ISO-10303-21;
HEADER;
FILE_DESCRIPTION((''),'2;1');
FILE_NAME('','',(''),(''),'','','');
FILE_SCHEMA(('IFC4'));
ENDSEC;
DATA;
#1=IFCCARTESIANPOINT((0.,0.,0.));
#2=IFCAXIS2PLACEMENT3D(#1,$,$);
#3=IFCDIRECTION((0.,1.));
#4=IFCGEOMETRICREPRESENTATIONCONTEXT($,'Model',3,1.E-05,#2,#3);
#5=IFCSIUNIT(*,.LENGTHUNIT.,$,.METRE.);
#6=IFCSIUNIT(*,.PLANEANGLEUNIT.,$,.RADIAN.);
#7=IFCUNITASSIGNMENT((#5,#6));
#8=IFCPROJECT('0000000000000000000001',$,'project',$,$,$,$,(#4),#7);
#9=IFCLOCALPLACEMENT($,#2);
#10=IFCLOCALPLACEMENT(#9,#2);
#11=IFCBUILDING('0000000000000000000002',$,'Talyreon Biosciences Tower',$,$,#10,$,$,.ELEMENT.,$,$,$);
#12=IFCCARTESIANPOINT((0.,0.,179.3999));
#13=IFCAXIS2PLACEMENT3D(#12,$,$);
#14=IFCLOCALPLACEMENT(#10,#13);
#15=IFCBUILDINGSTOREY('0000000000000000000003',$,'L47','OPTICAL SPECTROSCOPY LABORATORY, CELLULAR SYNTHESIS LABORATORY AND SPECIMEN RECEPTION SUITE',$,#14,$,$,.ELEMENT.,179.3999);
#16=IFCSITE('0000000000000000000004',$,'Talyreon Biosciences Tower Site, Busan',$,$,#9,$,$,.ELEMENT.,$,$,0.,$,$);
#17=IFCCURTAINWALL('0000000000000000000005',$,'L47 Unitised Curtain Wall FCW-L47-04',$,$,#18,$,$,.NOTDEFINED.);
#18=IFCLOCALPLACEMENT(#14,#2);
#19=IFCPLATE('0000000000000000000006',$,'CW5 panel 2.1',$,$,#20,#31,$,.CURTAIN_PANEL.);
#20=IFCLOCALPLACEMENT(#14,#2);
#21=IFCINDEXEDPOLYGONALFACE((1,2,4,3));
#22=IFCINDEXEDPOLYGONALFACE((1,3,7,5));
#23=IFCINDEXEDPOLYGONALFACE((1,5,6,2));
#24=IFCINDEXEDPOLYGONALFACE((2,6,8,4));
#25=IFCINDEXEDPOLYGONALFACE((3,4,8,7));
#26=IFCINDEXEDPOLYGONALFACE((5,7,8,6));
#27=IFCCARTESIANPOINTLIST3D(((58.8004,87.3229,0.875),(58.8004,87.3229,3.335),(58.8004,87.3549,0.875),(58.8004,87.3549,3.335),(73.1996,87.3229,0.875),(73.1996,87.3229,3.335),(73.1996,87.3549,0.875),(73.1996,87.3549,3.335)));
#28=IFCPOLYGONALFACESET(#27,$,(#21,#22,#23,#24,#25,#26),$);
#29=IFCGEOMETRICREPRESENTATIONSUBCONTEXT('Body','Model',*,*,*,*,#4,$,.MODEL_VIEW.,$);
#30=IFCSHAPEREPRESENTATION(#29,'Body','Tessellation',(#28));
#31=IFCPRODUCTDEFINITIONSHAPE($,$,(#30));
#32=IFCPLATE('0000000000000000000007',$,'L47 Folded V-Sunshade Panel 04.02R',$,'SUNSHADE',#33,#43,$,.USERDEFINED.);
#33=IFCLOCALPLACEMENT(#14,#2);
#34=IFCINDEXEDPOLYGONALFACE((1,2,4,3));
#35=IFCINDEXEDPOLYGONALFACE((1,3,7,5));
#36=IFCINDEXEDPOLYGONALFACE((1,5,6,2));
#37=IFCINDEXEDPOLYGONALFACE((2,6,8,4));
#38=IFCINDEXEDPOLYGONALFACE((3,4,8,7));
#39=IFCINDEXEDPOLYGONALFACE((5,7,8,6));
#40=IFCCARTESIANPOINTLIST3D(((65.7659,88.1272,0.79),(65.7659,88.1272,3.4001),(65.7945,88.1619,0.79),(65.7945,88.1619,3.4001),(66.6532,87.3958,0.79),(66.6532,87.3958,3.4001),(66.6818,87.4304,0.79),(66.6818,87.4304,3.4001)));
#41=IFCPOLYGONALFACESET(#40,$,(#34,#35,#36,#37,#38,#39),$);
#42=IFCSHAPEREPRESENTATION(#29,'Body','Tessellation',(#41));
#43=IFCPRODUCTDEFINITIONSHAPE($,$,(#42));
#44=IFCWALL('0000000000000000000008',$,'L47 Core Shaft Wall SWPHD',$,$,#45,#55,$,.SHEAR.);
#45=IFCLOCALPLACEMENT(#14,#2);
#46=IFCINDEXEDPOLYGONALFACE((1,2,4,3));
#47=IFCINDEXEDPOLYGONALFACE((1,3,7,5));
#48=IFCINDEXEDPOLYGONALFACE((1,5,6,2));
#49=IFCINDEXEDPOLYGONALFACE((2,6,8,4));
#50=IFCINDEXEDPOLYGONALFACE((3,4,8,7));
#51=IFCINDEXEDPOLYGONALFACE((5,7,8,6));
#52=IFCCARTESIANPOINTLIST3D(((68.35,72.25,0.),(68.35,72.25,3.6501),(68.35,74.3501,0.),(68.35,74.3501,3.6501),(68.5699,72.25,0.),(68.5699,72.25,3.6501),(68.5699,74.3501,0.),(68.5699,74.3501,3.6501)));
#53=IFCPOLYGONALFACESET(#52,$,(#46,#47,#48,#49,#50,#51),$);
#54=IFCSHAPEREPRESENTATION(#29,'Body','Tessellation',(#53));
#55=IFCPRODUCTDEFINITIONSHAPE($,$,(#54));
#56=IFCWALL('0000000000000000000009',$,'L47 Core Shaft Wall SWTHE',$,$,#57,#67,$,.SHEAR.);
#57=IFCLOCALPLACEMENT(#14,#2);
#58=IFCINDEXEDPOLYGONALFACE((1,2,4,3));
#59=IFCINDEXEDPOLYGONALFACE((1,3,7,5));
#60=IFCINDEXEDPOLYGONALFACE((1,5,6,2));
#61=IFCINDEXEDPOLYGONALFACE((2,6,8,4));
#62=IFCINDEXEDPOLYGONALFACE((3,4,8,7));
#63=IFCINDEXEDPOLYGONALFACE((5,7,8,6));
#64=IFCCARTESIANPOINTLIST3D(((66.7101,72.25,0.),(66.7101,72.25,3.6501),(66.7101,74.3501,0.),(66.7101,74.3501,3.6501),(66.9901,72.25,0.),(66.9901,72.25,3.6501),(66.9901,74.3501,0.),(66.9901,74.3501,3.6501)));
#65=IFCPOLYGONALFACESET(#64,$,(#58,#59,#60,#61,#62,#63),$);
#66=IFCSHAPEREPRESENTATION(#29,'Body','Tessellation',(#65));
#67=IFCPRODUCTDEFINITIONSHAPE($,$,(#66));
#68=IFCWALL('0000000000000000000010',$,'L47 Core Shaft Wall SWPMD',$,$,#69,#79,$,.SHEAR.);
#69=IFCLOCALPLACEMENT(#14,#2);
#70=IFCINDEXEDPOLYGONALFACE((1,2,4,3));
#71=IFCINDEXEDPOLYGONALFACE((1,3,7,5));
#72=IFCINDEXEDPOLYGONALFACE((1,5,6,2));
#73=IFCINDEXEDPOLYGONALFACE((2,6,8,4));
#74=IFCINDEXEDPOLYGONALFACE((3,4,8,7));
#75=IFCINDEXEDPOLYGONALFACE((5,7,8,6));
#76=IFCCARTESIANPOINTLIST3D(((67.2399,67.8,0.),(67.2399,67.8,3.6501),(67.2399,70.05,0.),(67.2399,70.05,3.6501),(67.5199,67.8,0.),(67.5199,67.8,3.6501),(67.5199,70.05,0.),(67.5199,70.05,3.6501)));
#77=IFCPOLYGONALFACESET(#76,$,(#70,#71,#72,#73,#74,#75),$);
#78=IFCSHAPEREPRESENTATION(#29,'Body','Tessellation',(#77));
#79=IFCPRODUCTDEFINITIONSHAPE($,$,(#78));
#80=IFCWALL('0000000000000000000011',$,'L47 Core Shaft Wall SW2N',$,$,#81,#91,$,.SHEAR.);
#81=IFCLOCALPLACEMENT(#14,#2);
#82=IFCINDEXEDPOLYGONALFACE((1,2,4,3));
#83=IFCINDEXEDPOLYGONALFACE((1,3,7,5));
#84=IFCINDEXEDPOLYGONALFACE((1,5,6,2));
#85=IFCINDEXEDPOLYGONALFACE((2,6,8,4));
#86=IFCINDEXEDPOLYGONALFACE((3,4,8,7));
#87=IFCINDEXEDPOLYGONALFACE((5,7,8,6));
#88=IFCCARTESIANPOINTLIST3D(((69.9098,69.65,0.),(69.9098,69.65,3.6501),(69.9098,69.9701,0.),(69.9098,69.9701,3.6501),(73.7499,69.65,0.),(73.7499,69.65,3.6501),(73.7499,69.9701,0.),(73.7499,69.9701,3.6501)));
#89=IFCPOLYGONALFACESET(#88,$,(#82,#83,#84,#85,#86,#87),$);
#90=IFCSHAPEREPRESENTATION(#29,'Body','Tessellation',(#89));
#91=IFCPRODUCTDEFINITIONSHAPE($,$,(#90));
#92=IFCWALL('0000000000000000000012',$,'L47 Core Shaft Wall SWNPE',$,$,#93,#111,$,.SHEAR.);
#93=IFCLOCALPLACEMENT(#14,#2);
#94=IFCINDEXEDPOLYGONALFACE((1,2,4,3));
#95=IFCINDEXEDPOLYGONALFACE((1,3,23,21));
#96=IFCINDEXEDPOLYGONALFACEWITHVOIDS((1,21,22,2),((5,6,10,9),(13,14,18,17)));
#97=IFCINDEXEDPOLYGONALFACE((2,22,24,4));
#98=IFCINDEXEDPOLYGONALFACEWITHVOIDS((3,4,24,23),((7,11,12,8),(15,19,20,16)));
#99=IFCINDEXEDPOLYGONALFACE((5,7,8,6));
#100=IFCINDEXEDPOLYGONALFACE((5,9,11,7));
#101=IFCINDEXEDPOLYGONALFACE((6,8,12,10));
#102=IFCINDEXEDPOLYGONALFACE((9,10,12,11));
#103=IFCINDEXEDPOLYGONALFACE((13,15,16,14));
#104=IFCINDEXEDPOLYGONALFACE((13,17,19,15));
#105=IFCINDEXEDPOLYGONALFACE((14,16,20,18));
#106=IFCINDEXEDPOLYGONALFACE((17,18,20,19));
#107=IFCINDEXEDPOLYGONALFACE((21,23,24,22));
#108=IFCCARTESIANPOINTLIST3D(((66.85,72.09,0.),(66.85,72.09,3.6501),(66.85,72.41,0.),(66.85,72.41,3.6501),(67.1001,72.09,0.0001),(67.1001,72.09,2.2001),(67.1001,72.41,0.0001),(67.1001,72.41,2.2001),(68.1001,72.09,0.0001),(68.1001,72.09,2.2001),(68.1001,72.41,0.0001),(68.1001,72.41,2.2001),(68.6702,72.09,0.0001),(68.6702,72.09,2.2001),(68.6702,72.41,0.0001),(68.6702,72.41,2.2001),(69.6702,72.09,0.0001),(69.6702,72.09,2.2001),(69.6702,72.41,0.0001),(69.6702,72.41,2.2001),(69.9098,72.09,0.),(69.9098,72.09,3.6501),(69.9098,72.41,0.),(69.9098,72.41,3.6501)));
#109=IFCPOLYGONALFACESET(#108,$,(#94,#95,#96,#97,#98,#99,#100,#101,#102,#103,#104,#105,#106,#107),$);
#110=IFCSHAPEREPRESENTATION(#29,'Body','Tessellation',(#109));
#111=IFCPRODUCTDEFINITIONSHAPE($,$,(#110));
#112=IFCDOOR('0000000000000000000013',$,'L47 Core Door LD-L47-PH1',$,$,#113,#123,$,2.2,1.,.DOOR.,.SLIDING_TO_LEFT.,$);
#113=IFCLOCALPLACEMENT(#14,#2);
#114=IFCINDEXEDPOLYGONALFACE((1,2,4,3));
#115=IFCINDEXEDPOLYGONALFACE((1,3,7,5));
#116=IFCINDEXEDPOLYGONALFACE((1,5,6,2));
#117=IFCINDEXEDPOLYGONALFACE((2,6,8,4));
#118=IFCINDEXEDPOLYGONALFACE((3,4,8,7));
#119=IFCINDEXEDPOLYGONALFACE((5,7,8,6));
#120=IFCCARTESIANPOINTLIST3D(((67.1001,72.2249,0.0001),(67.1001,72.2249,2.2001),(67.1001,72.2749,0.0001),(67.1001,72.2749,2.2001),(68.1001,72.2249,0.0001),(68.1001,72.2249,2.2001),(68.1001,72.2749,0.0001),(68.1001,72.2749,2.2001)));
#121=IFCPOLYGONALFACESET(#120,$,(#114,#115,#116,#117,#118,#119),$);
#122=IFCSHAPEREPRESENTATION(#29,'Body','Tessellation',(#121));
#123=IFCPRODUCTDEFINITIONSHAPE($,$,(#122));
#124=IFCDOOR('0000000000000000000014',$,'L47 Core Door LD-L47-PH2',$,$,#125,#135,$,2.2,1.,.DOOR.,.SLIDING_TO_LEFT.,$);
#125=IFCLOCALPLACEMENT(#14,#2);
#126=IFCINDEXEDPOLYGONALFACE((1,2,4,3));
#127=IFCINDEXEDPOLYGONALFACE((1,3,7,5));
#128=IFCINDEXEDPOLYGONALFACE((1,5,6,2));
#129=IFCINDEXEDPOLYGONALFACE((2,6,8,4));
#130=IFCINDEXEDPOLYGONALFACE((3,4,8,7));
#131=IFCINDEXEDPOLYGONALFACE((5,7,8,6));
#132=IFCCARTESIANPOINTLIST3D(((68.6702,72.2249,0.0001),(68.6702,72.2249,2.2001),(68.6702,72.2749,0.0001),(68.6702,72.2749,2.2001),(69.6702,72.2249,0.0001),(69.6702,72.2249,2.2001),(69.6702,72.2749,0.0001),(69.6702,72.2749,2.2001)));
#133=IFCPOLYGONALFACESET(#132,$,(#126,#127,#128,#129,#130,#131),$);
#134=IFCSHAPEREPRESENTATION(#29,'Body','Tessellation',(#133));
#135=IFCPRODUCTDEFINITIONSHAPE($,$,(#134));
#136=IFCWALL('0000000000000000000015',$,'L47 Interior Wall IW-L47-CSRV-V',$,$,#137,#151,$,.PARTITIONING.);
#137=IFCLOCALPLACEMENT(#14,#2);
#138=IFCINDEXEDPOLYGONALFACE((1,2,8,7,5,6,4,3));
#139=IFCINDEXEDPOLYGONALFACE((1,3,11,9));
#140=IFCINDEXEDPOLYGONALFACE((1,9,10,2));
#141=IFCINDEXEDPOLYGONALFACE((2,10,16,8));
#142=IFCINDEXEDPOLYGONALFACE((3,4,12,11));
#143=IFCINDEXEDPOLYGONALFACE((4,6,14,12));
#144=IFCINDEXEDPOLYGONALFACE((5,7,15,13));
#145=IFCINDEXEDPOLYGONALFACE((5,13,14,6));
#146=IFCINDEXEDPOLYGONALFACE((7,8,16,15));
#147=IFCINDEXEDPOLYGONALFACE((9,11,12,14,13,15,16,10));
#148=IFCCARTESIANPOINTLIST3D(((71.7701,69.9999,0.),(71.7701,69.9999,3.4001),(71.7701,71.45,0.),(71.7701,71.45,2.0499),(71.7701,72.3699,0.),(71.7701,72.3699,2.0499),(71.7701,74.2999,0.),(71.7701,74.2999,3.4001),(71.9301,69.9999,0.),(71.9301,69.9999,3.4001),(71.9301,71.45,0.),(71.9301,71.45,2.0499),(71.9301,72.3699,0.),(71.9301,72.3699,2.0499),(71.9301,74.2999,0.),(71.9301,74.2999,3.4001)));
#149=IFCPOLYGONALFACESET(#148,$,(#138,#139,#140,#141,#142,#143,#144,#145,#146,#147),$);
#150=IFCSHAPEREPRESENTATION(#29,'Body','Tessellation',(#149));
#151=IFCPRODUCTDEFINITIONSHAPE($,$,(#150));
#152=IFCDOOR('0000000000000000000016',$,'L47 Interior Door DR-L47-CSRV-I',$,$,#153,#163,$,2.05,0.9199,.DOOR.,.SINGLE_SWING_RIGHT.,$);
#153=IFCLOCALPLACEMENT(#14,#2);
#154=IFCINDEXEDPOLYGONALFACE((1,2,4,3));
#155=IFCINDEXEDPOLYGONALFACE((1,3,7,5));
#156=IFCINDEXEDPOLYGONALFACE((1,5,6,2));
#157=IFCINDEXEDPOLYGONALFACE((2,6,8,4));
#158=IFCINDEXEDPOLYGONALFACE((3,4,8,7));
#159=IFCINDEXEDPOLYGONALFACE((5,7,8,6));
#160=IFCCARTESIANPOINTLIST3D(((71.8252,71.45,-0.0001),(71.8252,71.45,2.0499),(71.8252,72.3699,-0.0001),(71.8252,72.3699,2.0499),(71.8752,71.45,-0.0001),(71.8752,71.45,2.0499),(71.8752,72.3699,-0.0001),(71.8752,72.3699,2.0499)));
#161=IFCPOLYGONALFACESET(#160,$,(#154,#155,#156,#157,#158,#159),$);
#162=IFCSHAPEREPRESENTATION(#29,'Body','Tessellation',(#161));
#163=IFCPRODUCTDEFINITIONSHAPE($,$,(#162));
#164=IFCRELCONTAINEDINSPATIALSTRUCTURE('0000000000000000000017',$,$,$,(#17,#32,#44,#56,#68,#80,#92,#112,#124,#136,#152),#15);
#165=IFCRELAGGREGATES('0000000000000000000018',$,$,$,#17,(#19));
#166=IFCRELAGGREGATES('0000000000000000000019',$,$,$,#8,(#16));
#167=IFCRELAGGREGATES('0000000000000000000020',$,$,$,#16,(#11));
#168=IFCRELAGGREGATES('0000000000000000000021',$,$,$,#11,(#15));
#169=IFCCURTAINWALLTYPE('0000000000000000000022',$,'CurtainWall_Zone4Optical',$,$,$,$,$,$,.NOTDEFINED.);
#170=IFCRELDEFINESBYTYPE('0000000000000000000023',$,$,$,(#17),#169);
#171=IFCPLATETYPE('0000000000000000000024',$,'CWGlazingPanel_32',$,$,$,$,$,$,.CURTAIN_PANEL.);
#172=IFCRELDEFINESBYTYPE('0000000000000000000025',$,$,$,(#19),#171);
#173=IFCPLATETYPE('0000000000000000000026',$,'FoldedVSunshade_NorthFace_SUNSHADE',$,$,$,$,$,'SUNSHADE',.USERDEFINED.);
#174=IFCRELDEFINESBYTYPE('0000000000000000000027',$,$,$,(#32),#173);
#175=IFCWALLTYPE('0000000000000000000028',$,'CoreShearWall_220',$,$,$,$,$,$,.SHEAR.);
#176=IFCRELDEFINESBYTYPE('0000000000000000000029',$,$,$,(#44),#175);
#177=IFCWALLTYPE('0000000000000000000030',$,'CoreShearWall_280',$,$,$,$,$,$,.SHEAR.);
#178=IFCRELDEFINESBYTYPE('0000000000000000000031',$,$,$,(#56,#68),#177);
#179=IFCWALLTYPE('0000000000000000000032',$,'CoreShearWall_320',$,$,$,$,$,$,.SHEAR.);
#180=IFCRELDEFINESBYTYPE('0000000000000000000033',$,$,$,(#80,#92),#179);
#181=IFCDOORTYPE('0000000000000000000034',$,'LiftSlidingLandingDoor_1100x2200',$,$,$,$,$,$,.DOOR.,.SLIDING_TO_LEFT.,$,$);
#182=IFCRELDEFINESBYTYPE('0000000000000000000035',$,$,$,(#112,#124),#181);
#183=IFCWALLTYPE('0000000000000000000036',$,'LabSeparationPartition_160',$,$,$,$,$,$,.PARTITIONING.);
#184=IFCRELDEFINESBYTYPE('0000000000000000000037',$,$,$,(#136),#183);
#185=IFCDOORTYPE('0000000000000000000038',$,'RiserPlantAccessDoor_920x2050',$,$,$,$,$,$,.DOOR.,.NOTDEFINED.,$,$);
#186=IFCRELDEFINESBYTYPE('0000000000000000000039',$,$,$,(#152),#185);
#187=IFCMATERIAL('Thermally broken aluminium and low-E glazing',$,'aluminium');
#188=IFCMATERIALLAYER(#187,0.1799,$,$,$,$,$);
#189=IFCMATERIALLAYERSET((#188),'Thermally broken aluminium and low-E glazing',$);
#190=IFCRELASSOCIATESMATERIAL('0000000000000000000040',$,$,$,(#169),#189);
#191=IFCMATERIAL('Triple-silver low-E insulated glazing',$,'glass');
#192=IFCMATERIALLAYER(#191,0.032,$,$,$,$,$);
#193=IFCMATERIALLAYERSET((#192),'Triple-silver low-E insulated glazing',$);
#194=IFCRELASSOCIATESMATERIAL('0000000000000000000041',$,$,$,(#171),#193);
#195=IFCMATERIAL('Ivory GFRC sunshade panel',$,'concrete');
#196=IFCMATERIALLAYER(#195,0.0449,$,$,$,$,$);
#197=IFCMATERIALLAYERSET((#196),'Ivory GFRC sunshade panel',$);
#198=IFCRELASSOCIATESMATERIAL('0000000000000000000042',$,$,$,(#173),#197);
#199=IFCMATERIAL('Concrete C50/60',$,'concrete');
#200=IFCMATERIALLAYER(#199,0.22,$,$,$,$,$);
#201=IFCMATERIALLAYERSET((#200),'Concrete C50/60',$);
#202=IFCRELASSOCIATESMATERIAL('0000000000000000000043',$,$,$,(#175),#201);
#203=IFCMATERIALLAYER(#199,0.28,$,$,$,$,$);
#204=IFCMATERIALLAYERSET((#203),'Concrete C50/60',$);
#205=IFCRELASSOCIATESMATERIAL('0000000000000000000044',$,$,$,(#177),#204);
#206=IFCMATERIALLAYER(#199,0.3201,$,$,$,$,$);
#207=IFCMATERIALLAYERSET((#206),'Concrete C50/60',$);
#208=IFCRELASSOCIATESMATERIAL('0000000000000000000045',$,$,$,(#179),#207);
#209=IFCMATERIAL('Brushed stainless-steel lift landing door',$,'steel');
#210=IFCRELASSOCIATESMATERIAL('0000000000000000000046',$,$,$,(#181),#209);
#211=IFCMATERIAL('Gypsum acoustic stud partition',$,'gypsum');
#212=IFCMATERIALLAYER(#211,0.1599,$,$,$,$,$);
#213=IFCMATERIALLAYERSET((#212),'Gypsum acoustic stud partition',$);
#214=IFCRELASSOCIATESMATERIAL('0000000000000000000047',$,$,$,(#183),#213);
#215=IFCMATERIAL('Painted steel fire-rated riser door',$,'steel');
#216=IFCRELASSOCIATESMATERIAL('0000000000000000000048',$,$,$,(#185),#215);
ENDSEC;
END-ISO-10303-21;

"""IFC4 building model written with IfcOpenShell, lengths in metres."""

from ifc_helpers import new_model, si_unit, direction, frame, frame_2d, origin, origin_2d, place, context, subcontext, project, spatial, rectangle, extrude, material, layer, layer_set, type_object, element, fill, aggregate, save


model = new_model("IFC4")

# Units and contexts
model_context = context("Model", 3, precision=1e-05, world=origin(), true_north=direction((0.0, 1.0)))
body_context = subcontext(model_context, "Body", "Model", "MODEL_VIEW")
ifc_project = project(units=[si_unit("LENGTHUNIT", "METRE"), si_unit("PLANEANGLEUNIT", "RADIAN")], contexts=[model_context])

# Site, building, storey
site_placement = place(None, origin())
site = spatial("IfcSite", under=ifc_project, at=site_placement, Name="Talyreon Biosciences Tower Site, Busan", CompositionType="ELEMENT", RefElevation=0.0)
building_placement = place(site_placement, origin())
building = spatial("IfcBuilding", under=site, at=building_placement, Name="Talyreon Biosciences Tower", CompositionType="ELEMENT")
storey_placement = place(building_placement, frame((0.0, 0.0, 179.3999)))
storey = spatial("IfcBuildingStorey", under=building, at=storey_placement, Name="L47", Description="OPTICAL SPECTROSCOPY LABORATORY, CELLULAR SYNTHESIS LABORATORY AND SPECIMEN RECEPTION SUITE", CompositionType="ELEMENT", Elevation=179.3999)

# Shared definitions
ifc_material_1 = material(Name="Concrete C50/60", Category="concrete")

# Curtain wall
ifc_material_2 = material(Name="Thermally broken aluminium and low-E glazing", Category="aluminium")
ifc_layer_1 = layer(ifc_material_2, 0.1799)
ifc_layer_set_1 = layer_set([ifc_layer_1], Name="Thermally broken aluminium and low-E glazing")
curtain_wall_type = type_object("IfcCurtainWallType", Name="CurtainWall_Zone4Optical", PredefinedType="NOTDEFINED", material=ifc_layer_set_1)
curtain_wall_placement = place(storey_placement, origin())
curtain_wall = element("IfcCurtainWall", 1, at=curtain_wall_placement, inside=storey, type_object=curtain_wall_type, Name="L47 Unitised Curtain Wall FCW-L47-04", PredefinedType="NOTDEFINED")

# Plates
ifc_material_3 = material(Name="Triple-silver low-E insulated glazing", Category="glass")
ifc_layer_2 = layer(ifc_material_3, 0.032)
ifc_layer_set_2 = layer_set([ifc_layer_2], Name="Triple-silver low-E insulated glazing")
plate_type_1 = type_object("IfcPlateType", Name="CWGlazingPanel_32", PredefinedType="CURTAIN_PANEL", material=ifc_layer_set_2)
plate_1_placement = place(storey_placement, frame((66.0, 87.3389, 0.875), z_axis=(0.0, 0.0, 1.0), x_axis=(1.0, 0.0, 0.0)))
plate_1 = element("IfcPlate", 2, at=plate_1_placement, type_object=plate_type_1, Name="CW5 panel 2.1", PredefinedType="CURTAIN_PANEL", context=body_context, shape_type="SweptSolid", body=[
    extrude(rectangle(XDim=14.3992, YDim=0.032, at=origin_2d()), origin(), (0.0, 0.0, 1.0), 2.46),
])
aggregate(curtain_wall, [plate_1])
ifc_material_4 = material(Name="Ivory GFRC sunshade panel", Category="concrete")
ifc_layer_3 = layer(ifc_material_4, 0.0449)
ifc_layer_set_3 = layer_set([ifc_layer_3], Name="Ivory GFRC sunshade panel")
plate_type_2 = type_object("IfcPlateType", Name="FoldedVSunshade_NorthFace_SUNSHADE", ElementType="SUNSHADE", PredefinedType="USERDEFINED", material=ifc_layer_set_3)
plate_2_placement = place(storey_placement, frame((66.2239, 87.7788, 0.79), z_axis=(0.0, 0.0, 1.0), x_axis=(0.771625, -0.636078, 0.0)))
element("IfcPlate", 3, at=plate_2_placement, inside=storey, type_object=plate_type_2, Name="L47 Folded V-Sunshade Panel 04.02R", ObjectType="SUNSHADE", PredefinedType="USERDEFINED", context=body_context, shape_type="SweptSolid", body=[
    extrude(rectangle(XDim=1.1499, YDim=0.0449, at=origin_2d()), origin(), (0.0, 0.0, 1.0), 2.6101),
])

# Walls
ifc_layer_4 = layer(ifc_material_1, 0.22)
ifc_layer_set_4 = layer_set([ifc_layer_4], Name="Concrete C50/60")
wall_type_1 = type_object("IfcWallType", Name="CoreShearWall_220", PredefinedType="SHEAR", material=ifc_layer_set_4)
wall_1_placement = place(storey_placement, frame((68.46, 72.25, 0.0), z_axis=(0.0, 0.0, 1.0), x_axis=(0.0, 1.0, 0.0)))
element("IfcWall", 4, at=wall_1_placement, inside=storey, type_object=wall_type_1, Name="L47 Core Shaft Wall SWPHD", PredefinedType="SHEAR", context=body_context, shape_type="SweptSolid", body=[
    extrude(rectangle(XDim=2.1001, YDim=0.22, at=frame_2d((1.05, 0.0))), origin(), (0.0, 0.0, 1.0), 3.6501),
])
ifc_layer_5 = layer(ifc_material_1, 0.28)
ifc_layer_set_5 = layer_set([ifc_layer_5], Name="Concrete C50/60")
wall_type_2 = type_object("IfcWallType", Name="CoreShearWall_280", PredefinedType="SHEAR", material=ifc_layer_set_5)
wall_2_placement = place(storey_placement, frame((66.8501, 72.25, 0.0), z_axis=(0.0, 0.0, 1.0), x_axis=(0.0, 1.0, 0.0)))
element("IfcWall", 5, at=wall_2_placement, inside=storey, type_object=wall_type_2, Name="L47 Core Shaft Wall SWTHE", PredefinedType="SHEAR", context=body_context, shape_type="SweptSolid", body=[
    extrude(rectangle(XDim=2.1001, YDim=0.28, at=frame_2d((1.05, 0.0))), origin(), (0.0, 0.0, 1.0), 3.6501),
])
wall_3_placement = place(storey_placement, frame((67.3799, 67.8, 0.0), z_axis=(0.0, 0.0, 1.0), x_axis=(0.0, 1.0, 0.0)))
element("IfcWall", 6, at=wall_3_placement, inside=storey, type_object=wall_type_2, Name="L47 Core Shaft Wall SWPMD", PredefinedType="SHEAR", context=body_context, shape_type="SweptSolid", body=[
    extrude(rectangle(XDim=2.25, YDim=0.28, at=frame_2d((1.125, 0.0))), origin(), (0.0, 0.0, 1.0), 3.6501),
])
ifc_layer_6 = layer(ifc_material_1, 0.3201)
ifc_layer_set_6 = layer_set([ifc_layer_6], Name="Concrete C50/60")
wall_type_3 = type_object("IfcWallType", Name="CoreShearWall_320", PredefinedType="SHEAR", material=ifc_layer_set_6)
wall_4_placement = place(storey_placement, frame((69.9099, 69.8101, 0.0), z_axis=(0.0, 0.0, 1.0), x_axis=(1.0, 0.0, 0.0)))
element("IfcWall", 7, at=wall_4_placement, inside=storey, type_object=wall_type_3, Name="L47 Core Shaft Wall SW2N", PredefinedType="SHEAR", context=body_context, shape_type="SweptSolid", body=[
    extrude(rectangle(XDim=3.8401, YDim=0.3201, at=frame_2d((1.9199, 0.0))), origin(), (0.0, 0.0, 1.0), 3.6501),
])

# Wall, openings, doors
wall_5_placement = place(storey_placement, frame((66.8501, 72.25, 0.0), z_axis=(0.0, 0.0, 1.0), x_axis=(1.0, 0.0, 0.0)))
wall_5 = element("IfcWall", 8, at=wall_5_placement, inside=storey, type_object=wall_type_3, Name="L47 Core Shaft Wall SWNPE", PredefinedType="SHEAR", context=body_context, shape_type="SweptSolid", body=[
    extrude(rectangle(XDim=3.0598, YDim=0.3201, at=frame_2d((1.5298, 0.0))), origin(), (0.0, 0.0, 1.0), 3.6501),
])
opening_1_placement = place(wall_5_placement, frame((0.25, 0.0, 0.0)))
opening_1 = element("IfcOpeningElement", 9, at=opening_1_placement, cuts=wall_5, PredefinedType="OPENING", context=body_context, shape_type="SweptSolid", body=[
    extrude(rectangle(XDim=1.0, YDim=2.2, at=frame_2d((0.5, 1.1001))), frame((0.0, 0.1699, 0.0), z_axis=(0.0, -1.0, 0.0), x_axis=(1.0, 0.0, 0.0)), (0.0, 0.0, 1.0), 0.3401),
])
opening_2_placement = place(wall_5_placement, frame((1.8201, 0.0, 0.0)))
opening_2 = element("IfcOpeningElement", 10, at=opening_2_placement, cuts=wall_5, PredefinedType="OPENING", context=body_context, shape_type="SweptSolid", body=[
    extrude(rectangle(XDim=1.0, YDim=2.2, at=frame_2d((0.5, 1.1001))), frame((0.0, 0.1699, 0.0), z_axis=(0.0, -1.0, 0.0), x_axis=(1.0, 0.0, 0.0)), (0.0, 0.0, 1.0), 0.3401),
])
ifc_material_5 = material(Name="Brushed stainless-steel lift landing door", Category="steel")
door_type_1 = type_object("IfcDoorType", Name="LiftSlidingLandingDoor_1100x2200", OperationType="SLIDING_TO_LEFT", PredefinedType="DOOR", material=ifc_material_5)
door_1_placement = place(opening_1_placement, origin())
door_1 = element("IfcDoor", 11, at=door_1_placement, inside=storey, type_object=door_type_1, Name="L47 Core Door LD-L47-PH1", OperationType="SLIDING_TO_LEFT", OverallHeight=2.2, OverallWidth=1.0, PredefinedType="DOOR", context=body_context, shape_type="SweptSolid", body=[
    extrude(rectangle(XDim=1.0, YDim=2.2, at=frame_2d((0.5, 1.1001))), frame((0.0, 0.0249, 0.0), z_axis=(0.0, -1.0, 0.0), x_axis=(1.0, 0.0, 0.0)), (0.0, 0.0, 1.0), 0.05),
])
fill(opening_1, door_1)
door_2_placement = place(opening_2_placement, origin())
door_2 = element("IfcDoor", 12, at=door_2_placement, inside=storey, type_object=door_type_1, Name="L47 Core Door LD-L47-PH2", OperationType="SLIDING_TO_LEFT", OverallHeight=2.2, OverallWidth=1.0, PredefinedType="DOOR", context=body_context, shape_type="SweptSolid", body=[
    extrude(rectangle(XDim=1.0, YDim=2.2, at=frame_2d((0.5, 1.1001))), frame((0.0, 0.0249, 0.0), z_axis=(0.0, -1.0, 0.0), x_axis=(1.0, 0.0, 0.0)), (0.0, 0.0, 1.0), 0.05),
])
fill(opening_2, door_2)

# Wall, opening, door
ifc_material_6 = material(Name="Gypsum acoustic stud partition", Category="gypsum")
ifc_layer_7 = layer(ifc_material_6, 0.1599)
ifc_layer_set_7 = layer_set([ifc_layer_7], Name="Gypsum acoustic stud partition")
wall_type_4 = type_object("IfcWallType", Name="LabSeparationPartition_160", PredefinedType="PARTITIONING", material=ifc_layer_set_7)
wall_6_placement = place(storey_placement, frame((71.8501, 70.0, 0.0), z_axis=(0.0, 0.0, 1.0), x_axis=(0.0, 1.0, 0.0)))
wall_6 = element("IfcWall", 13, at=wall_6_placement, inside=storey, type_object=wall_type_4, Name="L47 Interior Wall IW-L47-CSRV-V", PredefinedType="PARTITIONING", context=body_context, shape_type="SweptSolid", body=[
    extrude(rectangle(XDim=4.3, YDim=0.1599, at=frame_2d((2.1499, 0.0))), origin(), (0.0, 0.0, 1.0), 3.4001),
])
opening_3_placement = place(wall_6_placement, frame((1.45, 0.0, 0.0)))
opening_3 = element("IfcOpeningElement", 14, at=opening_3_placement, cuts=wall_6, PredefinedType="OPENING", context=body_context, shape_type="SweptSolid", body=[
    extrude(rectangle(XDim=0.9199, YDim=2.05, at=frame_2d((0.46, 1.0249))), frame((0.0, 0.0898, 0.0), z_axis=(0.0, -1.0, 0.0), x_axis=(1.0, 0.0, 0.0)), (0.0, 0.0, 1.0), 0.1799),
])
ifc_material_7 = material(Name="Painted steel fire-rated riser door", Category="steel")
door_type_2 = type_object("IfcDoorType", Name="RiserPlantAccessDoor_920x2050", OperationType="NOTDEFINED", PredefinedType="DOOR", material=ifc_material_7)
door_3_placement = place(opening_3_placement, origin())
door_3 = element("IfcDoor", 15, at=door_3_placement, inside=storey, type_object=door_type_2, Name="L47 Interior Door DR-L47-CSRV-I", OperationType="SINGLE_SWING_RIGHT", OverallHeight=2.05, OverallWidth=0.9199, PredefinedType="DOOR", context=body_context, shape_type="SweptSolid", body=[
    extrude(rectangle(XDim=0.9199, YDim=2.05, at=frame_2d((0.46, 1.0249))), frame((0.0, 0.0249, 0.0), z_axis=(0.0, -1.0, 0.0), x_axis=(1.0, 0.0, 0.0)), (0.0, 0.0, 1.0), 0.05),
])
fill(opening_3, door_3)

save(model, "model.ifc")
